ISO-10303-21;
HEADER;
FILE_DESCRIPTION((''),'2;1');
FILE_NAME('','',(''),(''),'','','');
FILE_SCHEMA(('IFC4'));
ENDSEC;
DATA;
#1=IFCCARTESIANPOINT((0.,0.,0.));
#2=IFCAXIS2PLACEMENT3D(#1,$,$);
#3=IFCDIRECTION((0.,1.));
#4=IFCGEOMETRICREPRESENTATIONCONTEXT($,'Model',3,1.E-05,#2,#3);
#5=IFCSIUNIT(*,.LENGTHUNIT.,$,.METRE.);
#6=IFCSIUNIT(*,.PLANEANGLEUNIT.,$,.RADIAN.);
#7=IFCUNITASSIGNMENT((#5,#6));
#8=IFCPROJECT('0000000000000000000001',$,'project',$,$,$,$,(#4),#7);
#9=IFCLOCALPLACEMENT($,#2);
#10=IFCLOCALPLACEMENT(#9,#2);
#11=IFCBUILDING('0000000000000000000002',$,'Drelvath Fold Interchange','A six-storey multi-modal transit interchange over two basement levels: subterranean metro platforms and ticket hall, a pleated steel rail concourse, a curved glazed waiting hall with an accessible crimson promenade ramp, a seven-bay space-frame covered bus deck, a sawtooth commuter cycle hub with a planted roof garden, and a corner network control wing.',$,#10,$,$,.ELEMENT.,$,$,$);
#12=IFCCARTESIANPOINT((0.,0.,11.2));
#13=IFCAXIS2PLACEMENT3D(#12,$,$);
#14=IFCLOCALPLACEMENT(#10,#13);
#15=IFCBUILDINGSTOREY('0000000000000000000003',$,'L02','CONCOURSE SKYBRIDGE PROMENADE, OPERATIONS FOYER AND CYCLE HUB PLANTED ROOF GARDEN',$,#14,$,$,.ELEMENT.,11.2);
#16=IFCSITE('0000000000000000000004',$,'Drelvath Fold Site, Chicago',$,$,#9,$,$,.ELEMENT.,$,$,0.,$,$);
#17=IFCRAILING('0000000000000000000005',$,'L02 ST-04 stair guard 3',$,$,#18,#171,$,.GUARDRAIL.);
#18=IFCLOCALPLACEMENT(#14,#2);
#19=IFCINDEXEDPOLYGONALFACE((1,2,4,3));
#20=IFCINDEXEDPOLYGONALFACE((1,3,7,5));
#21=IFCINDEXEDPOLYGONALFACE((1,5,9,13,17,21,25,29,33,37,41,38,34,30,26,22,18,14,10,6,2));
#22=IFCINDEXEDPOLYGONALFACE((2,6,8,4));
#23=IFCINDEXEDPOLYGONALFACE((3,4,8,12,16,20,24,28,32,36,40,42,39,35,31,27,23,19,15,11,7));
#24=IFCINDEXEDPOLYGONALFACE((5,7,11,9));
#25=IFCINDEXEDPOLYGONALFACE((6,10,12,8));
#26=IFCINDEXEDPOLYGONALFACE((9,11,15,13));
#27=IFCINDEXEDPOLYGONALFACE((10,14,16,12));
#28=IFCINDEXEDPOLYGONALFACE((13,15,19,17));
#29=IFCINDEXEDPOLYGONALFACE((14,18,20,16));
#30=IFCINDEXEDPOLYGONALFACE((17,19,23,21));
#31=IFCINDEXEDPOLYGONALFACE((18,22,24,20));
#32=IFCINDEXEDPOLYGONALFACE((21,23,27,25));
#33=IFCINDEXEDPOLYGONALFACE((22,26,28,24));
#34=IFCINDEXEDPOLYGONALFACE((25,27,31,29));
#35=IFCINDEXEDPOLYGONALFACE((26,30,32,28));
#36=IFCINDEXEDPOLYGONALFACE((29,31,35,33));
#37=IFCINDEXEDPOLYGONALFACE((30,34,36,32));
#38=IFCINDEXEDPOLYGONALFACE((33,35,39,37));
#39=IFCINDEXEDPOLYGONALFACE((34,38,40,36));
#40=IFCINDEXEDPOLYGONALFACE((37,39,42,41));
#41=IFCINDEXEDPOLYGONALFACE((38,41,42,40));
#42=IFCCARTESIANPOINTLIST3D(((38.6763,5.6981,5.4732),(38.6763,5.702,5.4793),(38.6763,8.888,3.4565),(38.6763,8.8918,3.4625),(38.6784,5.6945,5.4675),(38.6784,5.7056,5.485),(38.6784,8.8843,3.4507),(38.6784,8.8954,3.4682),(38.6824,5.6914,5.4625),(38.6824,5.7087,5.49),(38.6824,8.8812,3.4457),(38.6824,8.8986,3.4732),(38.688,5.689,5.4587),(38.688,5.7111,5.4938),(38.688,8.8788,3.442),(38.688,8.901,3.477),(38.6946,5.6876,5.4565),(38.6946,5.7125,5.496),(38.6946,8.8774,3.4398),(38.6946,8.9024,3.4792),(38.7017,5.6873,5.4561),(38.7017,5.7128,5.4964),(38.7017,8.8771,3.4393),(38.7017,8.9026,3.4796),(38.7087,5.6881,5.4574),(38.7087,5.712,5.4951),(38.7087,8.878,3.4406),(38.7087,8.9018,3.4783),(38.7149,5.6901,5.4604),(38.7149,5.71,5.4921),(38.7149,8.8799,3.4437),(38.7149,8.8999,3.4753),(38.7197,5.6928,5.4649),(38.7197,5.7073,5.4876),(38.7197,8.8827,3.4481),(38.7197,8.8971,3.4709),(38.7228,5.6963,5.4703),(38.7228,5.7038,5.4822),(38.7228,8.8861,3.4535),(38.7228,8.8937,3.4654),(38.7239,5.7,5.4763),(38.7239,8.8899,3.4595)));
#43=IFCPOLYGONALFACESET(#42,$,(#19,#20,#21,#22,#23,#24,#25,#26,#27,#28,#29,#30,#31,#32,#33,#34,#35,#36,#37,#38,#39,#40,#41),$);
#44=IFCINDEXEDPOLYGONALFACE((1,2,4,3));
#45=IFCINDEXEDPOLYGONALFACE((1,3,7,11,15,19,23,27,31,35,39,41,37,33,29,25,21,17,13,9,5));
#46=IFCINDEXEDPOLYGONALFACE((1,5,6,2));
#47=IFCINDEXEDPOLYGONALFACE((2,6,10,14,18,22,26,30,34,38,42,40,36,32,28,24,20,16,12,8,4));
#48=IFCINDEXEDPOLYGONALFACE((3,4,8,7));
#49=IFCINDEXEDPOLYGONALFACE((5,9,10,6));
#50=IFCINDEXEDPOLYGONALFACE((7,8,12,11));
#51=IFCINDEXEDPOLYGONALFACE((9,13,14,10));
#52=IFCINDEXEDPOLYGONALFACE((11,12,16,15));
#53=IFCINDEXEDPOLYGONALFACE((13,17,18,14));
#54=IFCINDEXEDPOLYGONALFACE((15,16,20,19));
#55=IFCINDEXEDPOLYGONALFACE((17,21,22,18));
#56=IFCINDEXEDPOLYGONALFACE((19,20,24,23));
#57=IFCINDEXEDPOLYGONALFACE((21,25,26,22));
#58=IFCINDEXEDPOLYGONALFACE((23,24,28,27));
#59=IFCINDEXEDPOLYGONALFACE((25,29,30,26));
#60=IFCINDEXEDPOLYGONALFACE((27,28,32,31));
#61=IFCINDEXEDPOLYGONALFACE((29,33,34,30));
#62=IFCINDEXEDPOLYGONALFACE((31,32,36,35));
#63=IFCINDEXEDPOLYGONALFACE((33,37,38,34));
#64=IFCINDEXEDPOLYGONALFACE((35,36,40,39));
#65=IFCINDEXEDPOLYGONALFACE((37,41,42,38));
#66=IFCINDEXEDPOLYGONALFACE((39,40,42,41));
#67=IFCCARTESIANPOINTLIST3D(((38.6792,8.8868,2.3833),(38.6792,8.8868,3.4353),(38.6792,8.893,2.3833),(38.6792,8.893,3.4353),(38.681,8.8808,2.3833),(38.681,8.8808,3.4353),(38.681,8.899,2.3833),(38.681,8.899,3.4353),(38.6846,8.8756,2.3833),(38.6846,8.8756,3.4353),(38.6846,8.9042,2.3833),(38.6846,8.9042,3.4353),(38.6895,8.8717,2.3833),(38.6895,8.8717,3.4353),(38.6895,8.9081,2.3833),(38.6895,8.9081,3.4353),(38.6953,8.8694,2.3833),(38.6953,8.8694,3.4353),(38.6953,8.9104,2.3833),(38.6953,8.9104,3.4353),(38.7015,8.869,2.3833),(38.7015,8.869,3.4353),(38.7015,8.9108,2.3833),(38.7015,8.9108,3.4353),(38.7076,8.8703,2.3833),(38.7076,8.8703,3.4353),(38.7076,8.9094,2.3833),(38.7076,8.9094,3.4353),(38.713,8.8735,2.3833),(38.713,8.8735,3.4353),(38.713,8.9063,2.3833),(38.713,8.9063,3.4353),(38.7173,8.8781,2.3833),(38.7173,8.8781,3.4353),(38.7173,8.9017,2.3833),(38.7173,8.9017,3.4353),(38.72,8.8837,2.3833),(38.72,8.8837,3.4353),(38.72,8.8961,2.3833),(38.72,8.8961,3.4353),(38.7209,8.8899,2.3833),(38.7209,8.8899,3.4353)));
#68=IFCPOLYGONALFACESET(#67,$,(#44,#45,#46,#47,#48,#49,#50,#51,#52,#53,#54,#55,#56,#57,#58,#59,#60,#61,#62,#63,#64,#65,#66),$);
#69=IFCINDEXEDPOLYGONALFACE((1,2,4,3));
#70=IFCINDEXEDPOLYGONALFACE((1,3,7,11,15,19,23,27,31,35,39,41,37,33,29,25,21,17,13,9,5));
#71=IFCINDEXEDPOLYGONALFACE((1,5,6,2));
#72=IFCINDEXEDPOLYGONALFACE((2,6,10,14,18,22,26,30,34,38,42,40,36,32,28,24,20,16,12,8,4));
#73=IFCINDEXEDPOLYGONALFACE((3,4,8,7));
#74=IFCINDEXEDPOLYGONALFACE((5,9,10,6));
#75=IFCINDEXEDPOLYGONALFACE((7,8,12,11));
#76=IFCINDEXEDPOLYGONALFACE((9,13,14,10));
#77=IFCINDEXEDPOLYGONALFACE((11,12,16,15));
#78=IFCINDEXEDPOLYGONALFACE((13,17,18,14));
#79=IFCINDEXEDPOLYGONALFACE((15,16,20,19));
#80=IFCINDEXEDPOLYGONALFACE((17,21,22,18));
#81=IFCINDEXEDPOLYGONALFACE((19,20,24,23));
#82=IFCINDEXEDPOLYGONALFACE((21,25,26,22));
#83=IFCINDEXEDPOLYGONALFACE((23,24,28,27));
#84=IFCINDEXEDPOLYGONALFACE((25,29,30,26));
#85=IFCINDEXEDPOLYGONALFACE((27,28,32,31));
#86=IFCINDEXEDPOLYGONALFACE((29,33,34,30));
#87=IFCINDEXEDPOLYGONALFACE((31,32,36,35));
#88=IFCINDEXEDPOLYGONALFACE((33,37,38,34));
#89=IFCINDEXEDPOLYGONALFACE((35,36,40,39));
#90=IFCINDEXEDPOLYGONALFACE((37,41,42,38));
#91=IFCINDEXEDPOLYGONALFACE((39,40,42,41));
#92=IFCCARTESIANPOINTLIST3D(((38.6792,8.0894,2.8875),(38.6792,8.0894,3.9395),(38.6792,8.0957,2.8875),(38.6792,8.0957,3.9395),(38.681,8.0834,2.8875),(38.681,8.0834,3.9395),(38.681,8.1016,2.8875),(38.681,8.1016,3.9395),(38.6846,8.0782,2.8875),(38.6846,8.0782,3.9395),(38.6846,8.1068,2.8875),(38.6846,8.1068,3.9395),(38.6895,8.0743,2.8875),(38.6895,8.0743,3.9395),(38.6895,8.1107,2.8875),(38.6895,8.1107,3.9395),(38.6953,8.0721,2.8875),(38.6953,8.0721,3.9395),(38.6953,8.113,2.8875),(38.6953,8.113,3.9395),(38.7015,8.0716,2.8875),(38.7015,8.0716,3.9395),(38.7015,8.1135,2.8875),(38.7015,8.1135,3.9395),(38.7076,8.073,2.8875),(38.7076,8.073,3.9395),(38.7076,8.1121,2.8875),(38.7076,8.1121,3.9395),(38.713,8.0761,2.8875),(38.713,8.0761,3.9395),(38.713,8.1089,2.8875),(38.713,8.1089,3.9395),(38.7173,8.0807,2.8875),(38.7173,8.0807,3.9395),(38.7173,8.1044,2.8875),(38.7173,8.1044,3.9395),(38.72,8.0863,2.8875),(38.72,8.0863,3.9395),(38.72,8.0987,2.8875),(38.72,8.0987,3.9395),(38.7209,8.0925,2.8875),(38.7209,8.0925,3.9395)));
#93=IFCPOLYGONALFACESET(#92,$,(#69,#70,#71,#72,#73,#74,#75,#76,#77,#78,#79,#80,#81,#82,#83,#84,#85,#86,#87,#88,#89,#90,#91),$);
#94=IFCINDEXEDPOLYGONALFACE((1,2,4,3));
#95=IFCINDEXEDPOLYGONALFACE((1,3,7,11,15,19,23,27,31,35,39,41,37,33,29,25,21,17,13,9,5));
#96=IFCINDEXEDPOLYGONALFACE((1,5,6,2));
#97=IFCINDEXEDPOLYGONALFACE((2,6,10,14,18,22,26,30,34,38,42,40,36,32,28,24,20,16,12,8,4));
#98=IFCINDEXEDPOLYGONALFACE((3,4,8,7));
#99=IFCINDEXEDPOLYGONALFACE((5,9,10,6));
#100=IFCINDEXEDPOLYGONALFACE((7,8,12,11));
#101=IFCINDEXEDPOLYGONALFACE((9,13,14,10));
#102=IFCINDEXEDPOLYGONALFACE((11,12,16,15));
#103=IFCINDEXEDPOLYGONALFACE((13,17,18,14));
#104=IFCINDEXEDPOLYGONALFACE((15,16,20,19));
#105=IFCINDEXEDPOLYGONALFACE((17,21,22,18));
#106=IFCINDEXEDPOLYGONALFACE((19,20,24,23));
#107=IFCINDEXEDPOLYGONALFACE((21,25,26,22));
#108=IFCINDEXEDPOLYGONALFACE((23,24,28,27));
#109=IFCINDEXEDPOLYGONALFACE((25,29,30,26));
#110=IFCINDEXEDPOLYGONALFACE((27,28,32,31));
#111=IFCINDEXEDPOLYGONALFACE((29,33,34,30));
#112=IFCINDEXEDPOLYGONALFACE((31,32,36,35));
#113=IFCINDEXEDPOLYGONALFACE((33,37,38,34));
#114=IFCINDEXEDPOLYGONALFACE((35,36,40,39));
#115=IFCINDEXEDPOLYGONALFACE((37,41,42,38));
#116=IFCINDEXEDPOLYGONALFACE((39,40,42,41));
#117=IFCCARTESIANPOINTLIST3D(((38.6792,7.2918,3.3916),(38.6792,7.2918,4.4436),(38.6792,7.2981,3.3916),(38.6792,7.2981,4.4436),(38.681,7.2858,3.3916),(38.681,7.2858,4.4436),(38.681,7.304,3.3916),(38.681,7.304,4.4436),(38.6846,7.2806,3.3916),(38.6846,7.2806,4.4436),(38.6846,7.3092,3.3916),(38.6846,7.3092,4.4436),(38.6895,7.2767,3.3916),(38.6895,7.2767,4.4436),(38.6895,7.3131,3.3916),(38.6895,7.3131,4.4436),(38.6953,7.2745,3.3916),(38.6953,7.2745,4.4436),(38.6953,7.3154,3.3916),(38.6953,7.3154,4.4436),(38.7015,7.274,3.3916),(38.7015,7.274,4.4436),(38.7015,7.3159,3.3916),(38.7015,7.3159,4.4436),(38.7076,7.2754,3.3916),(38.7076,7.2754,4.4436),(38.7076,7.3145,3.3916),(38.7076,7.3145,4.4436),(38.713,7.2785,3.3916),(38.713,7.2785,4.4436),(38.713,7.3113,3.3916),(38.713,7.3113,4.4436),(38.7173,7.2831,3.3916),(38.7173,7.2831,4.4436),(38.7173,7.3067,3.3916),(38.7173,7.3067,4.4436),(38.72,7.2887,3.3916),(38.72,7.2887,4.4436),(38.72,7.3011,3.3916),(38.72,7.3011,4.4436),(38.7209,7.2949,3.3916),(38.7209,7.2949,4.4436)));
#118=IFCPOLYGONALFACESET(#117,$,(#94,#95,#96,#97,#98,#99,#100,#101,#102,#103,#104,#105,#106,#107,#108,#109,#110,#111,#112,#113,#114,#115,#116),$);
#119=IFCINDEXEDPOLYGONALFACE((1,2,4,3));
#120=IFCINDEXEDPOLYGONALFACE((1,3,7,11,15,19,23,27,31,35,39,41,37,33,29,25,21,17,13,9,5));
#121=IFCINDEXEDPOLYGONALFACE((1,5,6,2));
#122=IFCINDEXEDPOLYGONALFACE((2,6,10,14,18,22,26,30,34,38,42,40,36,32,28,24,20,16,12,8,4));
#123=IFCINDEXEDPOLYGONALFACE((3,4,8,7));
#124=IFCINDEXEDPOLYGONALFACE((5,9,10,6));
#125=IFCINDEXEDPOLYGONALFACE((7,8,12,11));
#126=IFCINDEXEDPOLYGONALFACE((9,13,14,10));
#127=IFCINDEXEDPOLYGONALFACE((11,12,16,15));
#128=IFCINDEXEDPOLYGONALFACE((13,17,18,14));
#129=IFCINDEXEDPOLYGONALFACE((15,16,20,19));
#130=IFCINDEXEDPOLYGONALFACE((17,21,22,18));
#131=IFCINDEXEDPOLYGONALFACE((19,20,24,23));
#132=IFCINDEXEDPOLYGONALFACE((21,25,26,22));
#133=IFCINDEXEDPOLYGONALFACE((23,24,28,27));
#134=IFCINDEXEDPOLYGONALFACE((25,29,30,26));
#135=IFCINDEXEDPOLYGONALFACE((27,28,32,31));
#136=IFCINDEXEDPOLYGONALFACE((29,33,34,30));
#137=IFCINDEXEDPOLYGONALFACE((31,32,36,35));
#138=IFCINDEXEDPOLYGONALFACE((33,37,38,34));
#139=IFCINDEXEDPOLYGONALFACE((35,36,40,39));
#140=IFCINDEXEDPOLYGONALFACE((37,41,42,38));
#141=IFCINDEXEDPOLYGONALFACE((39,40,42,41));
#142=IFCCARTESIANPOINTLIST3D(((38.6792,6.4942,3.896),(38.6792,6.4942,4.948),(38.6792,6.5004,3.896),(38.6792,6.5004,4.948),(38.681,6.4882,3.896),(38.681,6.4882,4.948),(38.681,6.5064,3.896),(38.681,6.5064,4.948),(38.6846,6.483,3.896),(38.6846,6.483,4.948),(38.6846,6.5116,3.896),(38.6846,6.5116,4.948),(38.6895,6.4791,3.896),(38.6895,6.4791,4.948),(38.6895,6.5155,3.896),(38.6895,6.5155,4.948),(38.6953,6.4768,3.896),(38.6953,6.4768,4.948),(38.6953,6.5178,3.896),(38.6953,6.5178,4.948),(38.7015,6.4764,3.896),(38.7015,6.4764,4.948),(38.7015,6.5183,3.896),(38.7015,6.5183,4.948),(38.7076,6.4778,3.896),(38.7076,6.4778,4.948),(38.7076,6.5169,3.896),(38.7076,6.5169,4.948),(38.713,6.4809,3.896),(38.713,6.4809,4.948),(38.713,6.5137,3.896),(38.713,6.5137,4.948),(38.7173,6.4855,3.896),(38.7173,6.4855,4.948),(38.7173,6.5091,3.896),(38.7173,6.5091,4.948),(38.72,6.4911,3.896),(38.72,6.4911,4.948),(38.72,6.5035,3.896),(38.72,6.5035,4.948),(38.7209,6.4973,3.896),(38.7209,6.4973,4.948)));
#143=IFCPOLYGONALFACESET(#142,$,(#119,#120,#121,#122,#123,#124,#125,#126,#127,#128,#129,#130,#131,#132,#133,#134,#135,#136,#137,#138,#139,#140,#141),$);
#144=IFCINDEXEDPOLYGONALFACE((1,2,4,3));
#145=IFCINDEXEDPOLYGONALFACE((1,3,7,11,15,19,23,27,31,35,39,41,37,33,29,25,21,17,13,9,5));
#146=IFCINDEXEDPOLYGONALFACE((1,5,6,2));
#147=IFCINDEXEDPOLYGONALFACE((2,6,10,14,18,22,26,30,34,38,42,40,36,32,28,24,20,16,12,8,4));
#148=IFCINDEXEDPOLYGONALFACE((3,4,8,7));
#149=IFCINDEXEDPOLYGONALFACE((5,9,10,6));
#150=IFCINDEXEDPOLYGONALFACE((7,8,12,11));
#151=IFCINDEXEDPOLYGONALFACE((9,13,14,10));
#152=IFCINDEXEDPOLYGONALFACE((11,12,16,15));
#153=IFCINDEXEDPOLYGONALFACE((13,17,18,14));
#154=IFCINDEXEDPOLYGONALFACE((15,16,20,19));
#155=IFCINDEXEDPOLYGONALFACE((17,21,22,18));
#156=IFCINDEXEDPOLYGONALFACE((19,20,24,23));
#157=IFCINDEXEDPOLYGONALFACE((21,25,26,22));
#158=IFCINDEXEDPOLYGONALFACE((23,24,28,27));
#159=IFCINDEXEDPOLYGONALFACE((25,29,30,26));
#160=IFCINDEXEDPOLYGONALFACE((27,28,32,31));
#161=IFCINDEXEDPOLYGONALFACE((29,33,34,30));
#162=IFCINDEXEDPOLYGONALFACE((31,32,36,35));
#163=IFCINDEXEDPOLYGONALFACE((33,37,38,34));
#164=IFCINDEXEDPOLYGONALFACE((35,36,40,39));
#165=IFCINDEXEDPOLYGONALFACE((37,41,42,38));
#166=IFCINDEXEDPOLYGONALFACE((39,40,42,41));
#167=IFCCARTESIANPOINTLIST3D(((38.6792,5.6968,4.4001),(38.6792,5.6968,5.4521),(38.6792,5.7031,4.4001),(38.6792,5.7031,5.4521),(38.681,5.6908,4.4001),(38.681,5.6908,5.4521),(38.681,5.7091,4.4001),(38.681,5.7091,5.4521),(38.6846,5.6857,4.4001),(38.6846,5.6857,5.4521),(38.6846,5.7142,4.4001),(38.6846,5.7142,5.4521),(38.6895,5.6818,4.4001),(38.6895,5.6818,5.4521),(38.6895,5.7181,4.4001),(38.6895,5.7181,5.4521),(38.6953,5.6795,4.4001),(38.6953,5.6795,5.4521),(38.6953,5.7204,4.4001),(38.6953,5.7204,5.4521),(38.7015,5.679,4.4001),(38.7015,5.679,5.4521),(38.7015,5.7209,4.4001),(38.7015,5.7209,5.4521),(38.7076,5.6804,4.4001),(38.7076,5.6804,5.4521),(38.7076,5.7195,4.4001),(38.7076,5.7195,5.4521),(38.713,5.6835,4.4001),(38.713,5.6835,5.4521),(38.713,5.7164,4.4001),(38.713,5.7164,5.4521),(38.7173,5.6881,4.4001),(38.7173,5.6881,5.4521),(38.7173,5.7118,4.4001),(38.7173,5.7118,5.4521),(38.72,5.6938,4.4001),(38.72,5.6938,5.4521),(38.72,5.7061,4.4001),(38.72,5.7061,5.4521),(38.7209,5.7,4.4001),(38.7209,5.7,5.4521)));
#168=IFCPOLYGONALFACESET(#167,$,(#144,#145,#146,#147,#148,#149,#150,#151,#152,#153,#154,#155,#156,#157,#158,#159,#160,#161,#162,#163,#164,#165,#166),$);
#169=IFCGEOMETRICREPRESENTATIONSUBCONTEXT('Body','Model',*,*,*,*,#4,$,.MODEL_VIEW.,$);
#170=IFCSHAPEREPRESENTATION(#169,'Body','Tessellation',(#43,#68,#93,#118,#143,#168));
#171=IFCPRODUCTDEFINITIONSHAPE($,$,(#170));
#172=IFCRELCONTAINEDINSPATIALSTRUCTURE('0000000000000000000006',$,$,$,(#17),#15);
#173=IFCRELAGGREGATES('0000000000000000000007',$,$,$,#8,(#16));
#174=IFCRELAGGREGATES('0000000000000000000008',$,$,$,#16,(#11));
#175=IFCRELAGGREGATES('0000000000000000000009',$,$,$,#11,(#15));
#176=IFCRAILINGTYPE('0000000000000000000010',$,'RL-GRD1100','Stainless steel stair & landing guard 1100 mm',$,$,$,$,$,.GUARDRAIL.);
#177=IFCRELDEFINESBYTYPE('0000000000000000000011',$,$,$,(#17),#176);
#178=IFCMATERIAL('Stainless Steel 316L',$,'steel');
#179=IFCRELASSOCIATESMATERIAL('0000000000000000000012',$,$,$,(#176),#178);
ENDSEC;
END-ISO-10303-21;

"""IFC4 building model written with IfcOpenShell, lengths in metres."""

from ifc_helpers import new_model, si_unit, direction, frame, origin, origin_2d, place, context, subcontext, project, spatial, circle, extrude, material, type_object, element, save


model = new_model("IFC4")

# Units and contexts
model_context = context("Model", 3, precision=1e-05, world=origin(), true_north=direction((0.0, 1.0)))
body_context = subcontext(model_context, "Body", "Model", "MODEL_VIEW")
ifc_project = project(units=[si_unit("LENGTHUNIT", "METRE"), si_unit("PLANEANGLEUNIT", "RADIAN")], contexts=[model_context])

# Site, building, storey
site_placement = place(None, origin())
site = spatial("IfcSite", under=ifc_project, at=site_placement, Name="Drelvath Fold Site, Chicago", CompositionType="ELEMENT", RefElevation=0.0)
building_placement = place(site_placement, origin())
building = spatial("IfcBuilding", under=site, at=building_placement, Name="Drelvath Fold Interchange", Description="A six-storey multi-modal transit interchange over two basement levels: subterranean metro platforms and ticket hall, a pleated steel rail concourse, a curved glazed waiting hall with an accessible crimson promenade ramp, a seven-bay space-frame covered bus deck, a sawtooth commuter cycle hub with a planted roof garden, and a corner network control wing.", CompositionType="ELEMENT")
storey_placement = place(building_placement, frame((0.0, 0.0, 11.2)))
storey = spatial("IfcBuildingStorey", under=building, at=storey_placement, Name="L02", Description="CONCOURSE SKYBRIDGE PROMENADE, OPERATIONS FOYER AND CYCLE HUB PLANTED ROOF GARDEN", CompositionType="ELEMENT", Elevation=11.2)

# Railing
ifc_material_1 = material(Name="Stainless Steel 316L", Category="steel")
railing_type_1 = type_object("IfcRailingType", Name="RL-GRD1100", Description="Stainless steel stair & landing guard 1100 mm", PredefinedType="GUARDRAIL", material=ifc_material_1)
railing_1_placement = place(storey_placement, frame((38.7, 8.8899, 2.3833)))
element("IfcRailing", 1, at=railing_1_placement, inside=storey, type_object=railing_type_1, Name="L02 ST-04 stair guard 3", PredefinedType="GUARDRAIL", context=body_context, shape_type="SweptSolid", body=[
    extrude(circle(Radius=0.0239, at=origin_2d()), frame((0.0, 0.0, 1.0762), z_axis=(0.0, -0.845232, 0.534399), x_axis=(1.0, 0.0, 0.0)), (0.0, 0.0, 1.0), 3.7739),
    extrude(circle(Radius=0.021, at=origin_2d()), origin(), (0.0, 0.0, 1.0), 1.052),
    extrude(circle(Radius=0.021, at=origin_2d()), frame((0.0, -0.7974, 0.5042)), (0.0, 0.0, 1.0), 1.052),
    extrude(circle(Radius=0.021, at=origin_2d()), frame((0.0, -1.595, 1.0083)), (0.0, 0.0, 1.0), 1.052),
    extrude(circle(Radius=0.021, at=origin_2d()), frame((0.0, -2.3926, 1.5127)), (0.0, 0.0, 1.0), 1.052),
    extrude(circle(Radius=0.021, at=origin_2d()), frame((0.0, -3.1899, 2.0168)), (0.0, 0.0, 1.0), 1.052),
])

save(model, "model.ifc")
